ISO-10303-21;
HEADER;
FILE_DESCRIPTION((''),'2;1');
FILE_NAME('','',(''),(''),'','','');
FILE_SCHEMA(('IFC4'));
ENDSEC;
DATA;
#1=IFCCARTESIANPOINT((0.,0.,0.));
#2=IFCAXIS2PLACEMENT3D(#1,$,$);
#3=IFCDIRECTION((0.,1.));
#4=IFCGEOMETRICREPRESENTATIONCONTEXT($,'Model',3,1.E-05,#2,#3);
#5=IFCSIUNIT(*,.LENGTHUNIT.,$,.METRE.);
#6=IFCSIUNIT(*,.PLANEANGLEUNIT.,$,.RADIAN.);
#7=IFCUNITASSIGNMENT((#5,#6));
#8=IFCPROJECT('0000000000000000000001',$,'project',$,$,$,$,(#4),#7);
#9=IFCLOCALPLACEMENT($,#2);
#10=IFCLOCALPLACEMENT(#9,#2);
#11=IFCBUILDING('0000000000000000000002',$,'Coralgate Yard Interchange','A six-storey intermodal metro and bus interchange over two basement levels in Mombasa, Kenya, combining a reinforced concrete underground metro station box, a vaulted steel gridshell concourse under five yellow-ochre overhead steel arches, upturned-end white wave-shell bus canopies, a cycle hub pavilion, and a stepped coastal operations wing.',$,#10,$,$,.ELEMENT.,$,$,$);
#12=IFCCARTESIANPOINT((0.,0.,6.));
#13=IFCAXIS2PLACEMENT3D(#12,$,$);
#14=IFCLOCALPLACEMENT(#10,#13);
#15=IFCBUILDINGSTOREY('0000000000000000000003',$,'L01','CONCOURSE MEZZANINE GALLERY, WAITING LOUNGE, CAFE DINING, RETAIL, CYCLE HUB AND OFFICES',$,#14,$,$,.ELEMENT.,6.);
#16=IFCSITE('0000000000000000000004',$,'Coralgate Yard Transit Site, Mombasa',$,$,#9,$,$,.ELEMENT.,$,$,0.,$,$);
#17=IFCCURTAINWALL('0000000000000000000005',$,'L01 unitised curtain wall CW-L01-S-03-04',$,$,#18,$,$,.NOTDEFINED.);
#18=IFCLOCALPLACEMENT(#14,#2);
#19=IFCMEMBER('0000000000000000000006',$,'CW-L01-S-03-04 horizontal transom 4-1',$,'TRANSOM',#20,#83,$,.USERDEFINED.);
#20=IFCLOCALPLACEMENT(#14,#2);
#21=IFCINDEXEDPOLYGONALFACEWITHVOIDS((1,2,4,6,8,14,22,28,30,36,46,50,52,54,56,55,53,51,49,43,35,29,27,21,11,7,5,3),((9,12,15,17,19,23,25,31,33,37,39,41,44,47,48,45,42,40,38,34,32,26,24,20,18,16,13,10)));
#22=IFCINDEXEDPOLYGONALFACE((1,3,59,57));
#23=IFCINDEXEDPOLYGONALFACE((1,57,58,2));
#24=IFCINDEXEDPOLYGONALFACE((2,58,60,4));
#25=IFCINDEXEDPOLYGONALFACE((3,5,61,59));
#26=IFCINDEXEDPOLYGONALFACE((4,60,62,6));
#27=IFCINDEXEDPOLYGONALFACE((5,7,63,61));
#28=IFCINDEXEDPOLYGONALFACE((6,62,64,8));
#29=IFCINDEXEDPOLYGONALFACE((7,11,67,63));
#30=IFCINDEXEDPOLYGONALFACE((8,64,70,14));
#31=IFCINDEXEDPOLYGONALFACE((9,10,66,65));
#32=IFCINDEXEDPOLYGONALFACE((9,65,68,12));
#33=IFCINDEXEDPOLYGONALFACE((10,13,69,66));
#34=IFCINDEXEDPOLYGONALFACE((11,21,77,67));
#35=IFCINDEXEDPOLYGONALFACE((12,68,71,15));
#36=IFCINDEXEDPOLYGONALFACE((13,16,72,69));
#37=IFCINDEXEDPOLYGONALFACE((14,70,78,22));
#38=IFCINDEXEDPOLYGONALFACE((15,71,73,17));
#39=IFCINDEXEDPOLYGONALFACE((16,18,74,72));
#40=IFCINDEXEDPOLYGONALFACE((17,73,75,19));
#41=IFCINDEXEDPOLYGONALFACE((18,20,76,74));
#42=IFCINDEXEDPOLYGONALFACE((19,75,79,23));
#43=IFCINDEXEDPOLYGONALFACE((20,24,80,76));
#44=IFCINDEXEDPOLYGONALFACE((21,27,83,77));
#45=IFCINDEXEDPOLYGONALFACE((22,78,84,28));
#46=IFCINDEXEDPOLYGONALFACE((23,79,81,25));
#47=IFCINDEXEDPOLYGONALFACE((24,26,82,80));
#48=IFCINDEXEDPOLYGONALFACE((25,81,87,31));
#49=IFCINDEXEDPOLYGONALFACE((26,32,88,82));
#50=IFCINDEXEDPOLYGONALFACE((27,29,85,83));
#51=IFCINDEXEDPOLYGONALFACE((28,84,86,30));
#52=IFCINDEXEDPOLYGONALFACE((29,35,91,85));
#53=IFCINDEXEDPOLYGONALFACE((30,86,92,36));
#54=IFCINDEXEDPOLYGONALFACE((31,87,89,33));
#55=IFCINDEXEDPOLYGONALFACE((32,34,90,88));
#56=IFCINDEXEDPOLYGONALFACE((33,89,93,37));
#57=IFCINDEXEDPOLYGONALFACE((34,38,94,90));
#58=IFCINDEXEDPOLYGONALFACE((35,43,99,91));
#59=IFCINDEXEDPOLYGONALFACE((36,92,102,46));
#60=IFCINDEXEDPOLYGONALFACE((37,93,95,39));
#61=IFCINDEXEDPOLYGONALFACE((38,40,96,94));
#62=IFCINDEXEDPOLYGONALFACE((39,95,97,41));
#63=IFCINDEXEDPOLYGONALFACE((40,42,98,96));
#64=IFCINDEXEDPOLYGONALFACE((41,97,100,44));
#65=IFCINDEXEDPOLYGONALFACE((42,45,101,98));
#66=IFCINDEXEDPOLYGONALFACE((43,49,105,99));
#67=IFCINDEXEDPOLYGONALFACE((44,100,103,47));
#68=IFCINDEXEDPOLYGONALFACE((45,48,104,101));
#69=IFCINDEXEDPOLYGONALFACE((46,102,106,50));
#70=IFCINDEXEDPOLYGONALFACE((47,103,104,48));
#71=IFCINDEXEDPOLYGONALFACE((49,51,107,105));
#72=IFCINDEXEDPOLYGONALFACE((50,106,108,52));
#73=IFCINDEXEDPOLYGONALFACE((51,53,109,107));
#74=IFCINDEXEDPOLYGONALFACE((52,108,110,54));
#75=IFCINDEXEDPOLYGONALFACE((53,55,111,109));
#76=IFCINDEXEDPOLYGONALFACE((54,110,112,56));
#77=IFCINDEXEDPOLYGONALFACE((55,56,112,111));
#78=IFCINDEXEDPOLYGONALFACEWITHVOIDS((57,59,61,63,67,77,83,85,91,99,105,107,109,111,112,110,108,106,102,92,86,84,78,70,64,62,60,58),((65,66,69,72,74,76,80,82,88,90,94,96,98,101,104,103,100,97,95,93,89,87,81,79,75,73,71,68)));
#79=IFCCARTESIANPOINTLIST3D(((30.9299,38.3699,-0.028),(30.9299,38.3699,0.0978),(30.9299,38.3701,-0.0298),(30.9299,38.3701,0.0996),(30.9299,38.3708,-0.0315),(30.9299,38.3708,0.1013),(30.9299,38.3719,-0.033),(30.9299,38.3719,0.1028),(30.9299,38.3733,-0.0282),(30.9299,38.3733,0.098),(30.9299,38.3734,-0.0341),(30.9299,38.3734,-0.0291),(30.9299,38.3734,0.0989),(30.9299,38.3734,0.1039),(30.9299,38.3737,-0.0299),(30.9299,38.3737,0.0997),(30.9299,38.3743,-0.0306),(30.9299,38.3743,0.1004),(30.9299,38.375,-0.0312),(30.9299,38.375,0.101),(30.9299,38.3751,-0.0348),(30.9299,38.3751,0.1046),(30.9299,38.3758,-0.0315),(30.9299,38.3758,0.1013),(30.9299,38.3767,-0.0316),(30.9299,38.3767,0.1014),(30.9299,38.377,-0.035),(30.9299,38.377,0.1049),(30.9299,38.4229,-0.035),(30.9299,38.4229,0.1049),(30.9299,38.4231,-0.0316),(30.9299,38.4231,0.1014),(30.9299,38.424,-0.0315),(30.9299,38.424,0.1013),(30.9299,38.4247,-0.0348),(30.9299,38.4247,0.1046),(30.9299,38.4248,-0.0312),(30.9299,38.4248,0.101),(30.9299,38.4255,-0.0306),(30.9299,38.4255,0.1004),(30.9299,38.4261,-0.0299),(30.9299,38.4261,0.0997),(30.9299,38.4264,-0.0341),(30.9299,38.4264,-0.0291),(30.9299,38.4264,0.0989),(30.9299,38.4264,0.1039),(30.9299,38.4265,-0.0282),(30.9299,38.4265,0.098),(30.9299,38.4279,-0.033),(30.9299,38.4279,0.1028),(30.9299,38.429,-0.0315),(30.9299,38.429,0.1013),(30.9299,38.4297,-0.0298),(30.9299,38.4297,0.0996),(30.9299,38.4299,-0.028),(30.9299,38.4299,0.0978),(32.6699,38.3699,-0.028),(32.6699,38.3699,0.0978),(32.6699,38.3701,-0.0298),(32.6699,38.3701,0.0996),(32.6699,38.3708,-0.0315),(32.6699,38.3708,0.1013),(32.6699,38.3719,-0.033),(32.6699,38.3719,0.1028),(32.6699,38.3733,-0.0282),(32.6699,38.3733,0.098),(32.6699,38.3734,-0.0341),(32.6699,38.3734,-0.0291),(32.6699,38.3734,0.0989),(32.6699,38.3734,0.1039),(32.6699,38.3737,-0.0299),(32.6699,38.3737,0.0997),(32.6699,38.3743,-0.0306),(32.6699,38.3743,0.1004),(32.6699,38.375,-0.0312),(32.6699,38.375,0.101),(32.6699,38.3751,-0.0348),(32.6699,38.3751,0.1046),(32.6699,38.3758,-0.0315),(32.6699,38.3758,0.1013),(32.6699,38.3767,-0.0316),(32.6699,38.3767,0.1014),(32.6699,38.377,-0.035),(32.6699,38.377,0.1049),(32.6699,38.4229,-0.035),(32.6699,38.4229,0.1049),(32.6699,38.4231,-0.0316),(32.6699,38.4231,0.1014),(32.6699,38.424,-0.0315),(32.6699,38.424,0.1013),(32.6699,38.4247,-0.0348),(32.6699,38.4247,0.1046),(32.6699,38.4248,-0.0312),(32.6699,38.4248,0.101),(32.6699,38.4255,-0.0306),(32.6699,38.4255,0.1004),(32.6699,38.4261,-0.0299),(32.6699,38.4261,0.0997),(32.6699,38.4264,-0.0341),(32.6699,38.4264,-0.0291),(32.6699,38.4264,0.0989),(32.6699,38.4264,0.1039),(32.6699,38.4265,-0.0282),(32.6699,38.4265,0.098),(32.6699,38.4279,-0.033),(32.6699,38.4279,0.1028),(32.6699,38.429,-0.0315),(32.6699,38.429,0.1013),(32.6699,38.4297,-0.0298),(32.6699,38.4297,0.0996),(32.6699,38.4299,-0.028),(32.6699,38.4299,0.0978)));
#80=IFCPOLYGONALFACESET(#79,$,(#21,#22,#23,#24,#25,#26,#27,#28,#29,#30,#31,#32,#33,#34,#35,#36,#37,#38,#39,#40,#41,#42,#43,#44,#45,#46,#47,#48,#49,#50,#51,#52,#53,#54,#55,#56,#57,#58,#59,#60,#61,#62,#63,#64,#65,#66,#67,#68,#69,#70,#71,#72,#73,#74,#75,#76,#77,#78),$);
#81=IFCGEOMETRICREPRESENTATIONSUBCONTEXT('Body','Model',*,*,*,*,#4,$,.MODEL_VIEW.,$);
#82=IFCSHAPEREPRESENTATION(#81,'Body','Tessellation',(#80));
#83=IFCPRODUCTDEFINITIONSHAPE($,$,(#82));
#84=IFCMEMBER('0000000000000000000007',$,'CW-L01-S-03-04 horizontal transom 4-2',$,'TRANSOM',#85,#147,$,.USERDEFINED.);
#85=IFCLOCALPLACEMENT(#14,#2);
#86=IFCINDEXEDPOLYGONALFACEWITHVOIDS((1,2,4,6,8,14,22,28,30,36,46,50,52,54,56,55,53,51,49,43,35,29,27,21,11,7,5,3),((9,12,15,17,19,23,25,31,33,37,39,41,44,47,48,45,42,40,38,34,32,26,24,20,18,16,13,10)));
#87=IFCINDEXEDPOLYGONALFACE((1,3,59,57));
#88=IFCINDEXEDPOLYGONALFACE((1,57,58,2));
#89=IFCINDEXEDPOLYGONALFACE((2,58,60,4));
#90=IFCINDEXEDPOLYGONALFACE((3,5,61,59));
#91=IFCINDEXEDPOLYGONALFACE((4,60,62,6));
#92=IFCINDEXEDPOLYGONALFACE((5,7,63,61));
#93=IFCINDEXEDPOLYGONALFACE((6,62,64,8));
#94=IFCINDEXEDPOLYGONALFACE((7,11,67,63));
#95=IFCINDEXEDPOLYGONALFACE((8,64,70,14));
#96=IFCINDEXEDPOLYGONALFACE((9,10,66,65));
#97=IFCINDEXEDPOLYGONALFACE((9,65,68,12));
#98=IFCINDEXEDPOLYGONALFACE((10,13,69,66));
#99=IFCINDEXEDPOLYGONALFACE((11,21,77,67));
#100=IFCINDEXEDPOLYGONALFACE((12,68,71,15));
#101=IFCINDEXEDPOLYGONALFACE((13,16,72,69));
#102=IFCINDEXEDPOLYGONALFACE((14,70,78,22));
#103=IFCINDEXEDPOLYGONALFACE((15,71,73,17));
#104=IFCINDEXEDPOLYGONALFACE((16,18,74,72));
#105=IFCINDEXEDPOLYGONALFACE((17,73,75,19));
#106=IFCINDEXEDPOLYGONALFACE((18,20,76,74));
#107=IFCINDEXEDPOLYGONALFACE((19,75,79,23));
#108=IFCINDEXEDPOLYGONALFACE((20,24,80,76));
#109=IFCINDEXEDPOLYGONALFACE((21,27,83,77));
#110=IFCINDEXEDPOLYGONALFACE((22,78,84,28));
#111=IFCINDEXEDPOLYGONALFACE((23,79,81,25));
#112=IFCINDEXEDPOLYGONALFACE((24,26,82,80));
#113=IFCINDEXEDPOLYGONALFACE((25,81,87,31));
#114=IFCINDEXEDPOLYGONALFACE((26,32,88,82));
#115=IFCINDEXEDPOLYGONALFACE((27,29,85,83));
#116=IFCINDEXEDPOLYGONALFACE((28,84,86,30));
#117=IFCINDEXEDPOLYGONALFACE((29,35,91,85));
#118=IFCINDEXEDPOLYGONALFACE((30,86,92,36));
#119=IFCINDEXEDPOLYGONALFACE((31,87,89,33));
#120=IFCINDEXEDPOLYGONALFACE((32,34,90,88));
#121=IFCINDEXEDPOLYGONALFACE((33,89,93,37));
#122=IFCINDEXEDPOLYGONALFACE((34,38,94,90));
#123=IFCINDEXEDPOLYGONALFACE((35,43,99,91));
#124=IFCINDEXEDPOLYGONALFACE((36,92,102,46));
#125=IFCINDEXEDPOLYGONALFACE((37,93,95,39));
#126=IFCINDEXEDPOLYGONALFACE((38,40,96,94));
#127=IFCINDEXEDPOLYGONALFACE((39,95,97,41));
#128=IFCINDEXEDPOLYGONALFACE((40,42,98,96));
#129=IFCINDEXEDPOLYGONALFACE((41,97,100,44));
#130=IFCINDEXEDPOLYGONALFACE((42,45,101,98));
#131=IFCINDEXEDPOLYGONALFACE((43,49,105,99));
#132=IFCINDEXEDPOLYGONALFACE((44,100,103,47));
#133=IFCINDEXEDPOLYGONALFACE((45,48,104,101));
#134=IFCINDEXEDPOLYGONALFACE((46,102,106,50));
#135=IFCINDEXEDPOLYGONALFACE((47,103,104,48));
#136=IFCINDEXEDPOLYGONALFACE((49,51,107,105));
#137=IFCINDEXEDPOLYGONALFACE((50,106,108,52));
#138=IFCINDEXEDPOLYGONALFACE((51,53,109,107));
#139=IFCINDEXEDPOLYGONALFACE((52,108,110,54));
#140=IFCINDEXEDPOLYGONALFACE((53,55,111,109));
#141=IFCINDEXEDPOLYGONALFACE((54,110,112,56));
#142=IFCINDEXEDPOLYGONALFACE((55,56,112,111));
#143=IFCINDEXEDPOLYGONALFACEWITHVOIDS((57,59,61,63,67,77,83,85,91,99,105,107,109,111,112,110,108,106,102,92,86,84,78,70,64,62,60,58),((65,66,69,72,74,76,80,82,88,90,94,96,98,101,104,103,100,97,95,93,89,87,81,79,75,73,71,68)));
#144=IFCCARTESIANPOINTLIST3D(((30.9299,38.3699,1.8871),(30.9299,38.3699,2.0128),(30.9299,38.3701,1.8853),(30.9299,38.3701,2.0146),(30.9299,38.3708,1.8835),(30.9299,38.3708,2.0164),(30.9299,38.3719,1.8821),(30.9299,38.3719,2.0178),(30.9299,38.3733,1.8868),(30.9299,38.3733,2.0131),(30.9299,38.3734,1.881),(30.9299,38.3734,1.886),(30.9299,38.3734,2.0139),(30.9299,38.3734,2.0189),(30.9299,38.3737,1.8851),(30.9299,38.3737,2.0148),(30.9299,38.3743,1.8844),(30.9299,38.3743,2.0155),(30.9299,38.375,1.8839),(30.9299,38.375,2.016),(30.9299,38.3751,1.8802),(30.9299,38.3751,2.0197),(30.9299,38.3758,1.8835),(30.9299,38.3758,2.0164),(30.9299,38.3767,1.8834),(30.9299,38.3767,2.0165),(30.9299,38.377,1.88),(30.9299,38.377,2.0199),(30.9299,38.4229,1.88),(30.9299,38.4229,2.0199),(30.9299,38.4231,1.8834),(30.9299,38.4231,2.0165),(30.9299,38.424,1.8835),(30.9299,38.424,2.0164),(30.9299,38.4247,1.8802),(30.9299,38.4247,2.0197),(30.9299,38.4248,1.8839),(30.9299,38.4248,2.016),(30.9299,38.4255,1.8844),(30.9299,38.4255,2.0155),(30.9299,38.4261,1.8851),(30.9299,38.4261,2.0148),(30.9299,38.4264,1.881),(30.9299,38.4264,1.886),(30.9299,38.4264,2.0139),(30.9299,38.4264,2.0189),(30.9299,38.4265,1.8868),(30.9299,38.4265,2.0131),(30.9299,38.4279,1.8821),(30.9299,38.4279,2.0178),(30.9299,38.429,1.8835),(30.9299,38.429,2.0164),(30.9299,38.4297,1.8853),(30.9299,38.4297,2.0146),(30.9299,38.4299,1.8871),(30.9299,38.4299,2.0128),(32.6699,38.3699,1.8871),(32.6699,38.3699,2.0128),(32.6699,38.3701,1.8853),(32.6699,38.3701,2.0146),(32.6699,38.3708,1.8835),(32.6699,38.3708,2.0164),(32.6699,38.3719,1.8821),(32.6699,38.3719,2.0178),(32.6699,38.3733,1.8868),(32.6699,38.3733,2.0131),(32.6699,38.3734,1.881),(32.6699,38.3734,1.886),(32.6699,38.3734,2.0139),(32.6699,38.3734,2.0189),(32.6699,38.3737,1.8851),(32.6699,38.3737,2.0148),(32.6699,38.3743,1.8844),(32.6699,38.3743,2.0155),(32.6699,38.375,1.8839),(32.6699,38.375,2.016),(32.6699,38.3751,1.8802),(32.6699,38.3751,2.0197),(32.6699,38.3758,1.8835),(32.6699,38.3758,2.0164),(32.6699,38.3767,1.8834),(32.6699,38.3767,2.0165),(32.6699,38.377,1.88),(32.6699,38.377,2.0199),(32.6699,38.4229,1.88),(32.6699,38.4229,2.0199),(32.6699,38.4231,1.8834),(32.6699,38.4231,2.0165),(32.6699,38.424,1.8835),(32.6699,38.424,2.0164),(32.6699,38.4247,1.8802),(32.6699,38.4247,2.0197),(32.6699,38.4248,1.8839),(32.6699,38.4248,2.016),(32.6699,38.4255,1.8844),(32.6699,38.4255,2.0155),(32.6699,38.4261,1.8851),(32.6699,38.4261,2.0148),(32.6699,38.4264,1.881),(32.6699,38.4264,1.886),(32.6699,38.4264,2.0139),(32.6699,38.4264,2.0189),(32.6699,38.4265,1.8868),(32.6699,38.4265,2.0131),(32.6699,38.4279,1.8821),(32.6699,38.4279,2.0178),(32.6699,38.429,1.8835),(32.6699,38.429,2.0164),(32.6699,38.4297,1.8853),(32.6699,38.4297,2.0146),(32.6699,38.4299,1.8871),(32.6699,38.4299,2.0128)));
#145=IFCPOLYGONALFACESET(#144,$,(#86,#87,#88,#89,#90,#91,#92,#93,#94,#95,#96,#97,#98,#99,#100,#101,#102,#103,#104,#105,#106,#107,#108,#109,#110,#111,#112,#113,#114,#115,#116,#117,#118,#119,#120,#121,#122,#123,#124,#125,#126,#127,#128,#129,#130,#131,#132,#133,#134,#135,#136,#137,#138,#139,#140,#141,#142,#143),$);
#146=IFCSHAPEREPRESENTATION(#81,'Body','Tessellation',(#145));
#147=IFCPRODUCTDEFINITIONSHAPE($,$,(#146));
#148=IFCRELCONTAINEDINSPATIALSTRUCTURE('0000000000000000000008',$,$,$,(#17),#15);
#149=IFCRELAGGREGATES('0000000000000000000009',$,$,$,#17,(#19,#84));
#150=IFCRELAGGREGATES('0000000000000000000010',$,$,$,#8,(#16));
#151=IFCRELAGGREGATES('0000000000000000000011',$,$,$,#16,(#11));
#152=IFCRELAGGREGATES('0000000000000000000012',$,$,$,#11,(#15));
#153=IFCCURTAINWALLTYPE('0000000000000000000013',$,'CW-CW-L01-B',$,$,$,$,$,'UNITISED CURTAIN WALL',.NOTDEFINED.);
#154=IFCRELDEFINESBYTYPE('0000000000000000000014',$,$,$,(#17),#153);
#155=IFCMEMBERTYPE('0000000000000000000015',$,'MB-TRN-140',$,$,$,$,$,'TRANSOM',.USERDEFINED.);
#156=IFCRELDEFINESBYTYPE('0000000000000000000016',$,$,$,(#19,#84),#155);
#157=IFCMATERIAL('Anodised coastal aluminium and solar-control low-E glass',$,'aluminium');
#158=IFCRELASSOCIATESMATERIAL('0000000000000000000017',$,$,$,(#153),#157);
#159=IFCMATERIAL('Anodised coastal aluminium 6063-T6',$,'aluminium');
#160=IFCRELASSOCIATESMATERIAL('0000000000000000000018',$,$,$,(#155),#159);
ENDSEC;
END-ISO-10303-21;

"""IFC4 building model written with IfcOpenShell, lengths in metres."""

from ifc_helpers import new_model, si_unit, direction, frame, origin, origin_2d, place, context, subcontext, project, spatial, hollow_rectangle, extrude, material, material_profile, profile_set, type_object, element, aggregate, save


model = new_model("IFC4")

# Units and contexts
model_context = context("Model", 3, precision=1e-05, world=origin(), true_north=direction((0.0, 1.0)))
body_context = subcontext(model_context, "Body", "Model", "MODEL_VIEW")
ifc_project = project(units=[si_unit("LENGTHUNIT", "METRE"), si_unit("PLANEANGLEUNIT", "RADIAN")], contexts=[model_context])

# Site, building, storey
site_placement = place(None, origin())
site = spatial("IfcSite", under=ifc_project, at=site_placement, Name="Coralgate Yard Transit Site, Mombasa", CompositionType="ELEMENT", RefElevation=0.0)
building_placement = place(site_placement, origin())
building = spatial("IfcBuilding", under=site, at=building_placement, Name="Coralgate Yard Interchange", Description="A six-storey intermodal metro and bus interchange over two basement levels in Mombasa, Kenya, combining a reinforced concrete underground metro station box, a vaulted steel gridshell concourse under five yellow-ochre overhead steel arches, upturned-end white wave-shell bus canopies, a cycle hub pavilion, and a stepped coastal operations wing.", CompositionType="ELEMENT")
storey_placement = place(building_placement, frame((0.0, 0.0, 6.0)))
storey = spatial("IfcBuildingStorey", under=building, at=storey_placement, Name="L01", Description="CONCOURSE MEZZANINE GALLERY, WAITING LOUNGE, CAFE DINING, RETAIL, CYCLE HUB AND OFFICES", CompositionType="ELEMENT", Elevation=6.0)

# Curtain wall, members
ifc_material_1 = material(Name="Anodised coastal aluminium and solar-control low-E glass", Category="aluminium")
curtain_wall_type = type_object("IfcCurtainWallType", Name="CW-CW-L01-B", ElementType="UNITISED CURTAIN WALL", PredefinedType="NOTDEFINED", material=ifc_material_1)
curtain_wall_placement = place(storey_placement, origin())
curtain_wall = element("IfcCurtainWall", 1, at=curtain_wall_placement, inside=storey, type_object=curtain_wall_type, Name="L01 unitised curtain wall CW-L01-S-03-04", PredefinedType="NOTDEFINED")
ifc_material_2 = material(Name="Anodised coastal aluminium 6063-T6", Category="aluminium")
ifc_material_profile_1 = material_profile(ifc_material_2, hollow_rectangle(XDim=0.0601, YDim=0.1399, WallThickness=0.0034, InnerFilletRadius=0.0034, OuterFilletRadius=0.0071, at=origin_2d()), Name="ALU 60x140x3.5")
ifc_profile_set_1 = profile_set([ifc_material_profile_1], Name="Anodised coastal aluminium 6063-T6")
member_type_1 = type_object("IfcMemberType", Name="MB-TRN-140", ElementType="TRANSOM", PredefinedType="USERDEFINED", material=ifc_profile_set_1)
member_1_placement = place(storey_placement, frame((32.6699, 38.3999, 0.0349), z_axis=(-1.0, 0.0, 0.0), x_axis=(0.0, -1.0, 0.0)))
member_1 = element("IfcMember", 2, at=member_1_placement, type_object=member_type_1, Name="CW-L01-S-03-04 horizontal transom 4-1", ObjectType="TRANSOM", PredefinedType="USERDEFINED", context=body_context, shape_type="SweptSolid", body=[
    extrude(hollow_rectangle(XDim=0.0601, YDim=0.1399, WallThickness=0.0034, InnerFilletRadius=0.0034, OuterFilletRadius=0.0071, at=origin_2d()), origin(), (0.0, 0.0, 1.0), 1.74),
])
member_2_placement = place(storey_placement, frame((32.6699, 38.3999, 1.95), z_axis=(-1.0, 0.0, 0.0), x_axis=(0.0, -1.0, 0.0)))
member_2 = element("IfcMember", 3, at=member_2_placement, type_object=member_type_1, Name="CW-L01-S-03-04 horizontal transom 4-2", ObjectType="TRANSOM", PredefinedType="USERDEFINED", context=body_context, shape_type="SweptSolid", body=[
    extrude(hollow_rectangle(XDim=0.0601, YDim=0.1399, WallThickness=0.0034, InnerFilletRadius=0.0034, OuterFilletRadius=0.0071, at=origin_2d()), origin(), (0.0, 0.0, 1.0), 1.74),
])
aggregate(curtain_wall, [member_1, member_2])

save(model, "model.ifc")
